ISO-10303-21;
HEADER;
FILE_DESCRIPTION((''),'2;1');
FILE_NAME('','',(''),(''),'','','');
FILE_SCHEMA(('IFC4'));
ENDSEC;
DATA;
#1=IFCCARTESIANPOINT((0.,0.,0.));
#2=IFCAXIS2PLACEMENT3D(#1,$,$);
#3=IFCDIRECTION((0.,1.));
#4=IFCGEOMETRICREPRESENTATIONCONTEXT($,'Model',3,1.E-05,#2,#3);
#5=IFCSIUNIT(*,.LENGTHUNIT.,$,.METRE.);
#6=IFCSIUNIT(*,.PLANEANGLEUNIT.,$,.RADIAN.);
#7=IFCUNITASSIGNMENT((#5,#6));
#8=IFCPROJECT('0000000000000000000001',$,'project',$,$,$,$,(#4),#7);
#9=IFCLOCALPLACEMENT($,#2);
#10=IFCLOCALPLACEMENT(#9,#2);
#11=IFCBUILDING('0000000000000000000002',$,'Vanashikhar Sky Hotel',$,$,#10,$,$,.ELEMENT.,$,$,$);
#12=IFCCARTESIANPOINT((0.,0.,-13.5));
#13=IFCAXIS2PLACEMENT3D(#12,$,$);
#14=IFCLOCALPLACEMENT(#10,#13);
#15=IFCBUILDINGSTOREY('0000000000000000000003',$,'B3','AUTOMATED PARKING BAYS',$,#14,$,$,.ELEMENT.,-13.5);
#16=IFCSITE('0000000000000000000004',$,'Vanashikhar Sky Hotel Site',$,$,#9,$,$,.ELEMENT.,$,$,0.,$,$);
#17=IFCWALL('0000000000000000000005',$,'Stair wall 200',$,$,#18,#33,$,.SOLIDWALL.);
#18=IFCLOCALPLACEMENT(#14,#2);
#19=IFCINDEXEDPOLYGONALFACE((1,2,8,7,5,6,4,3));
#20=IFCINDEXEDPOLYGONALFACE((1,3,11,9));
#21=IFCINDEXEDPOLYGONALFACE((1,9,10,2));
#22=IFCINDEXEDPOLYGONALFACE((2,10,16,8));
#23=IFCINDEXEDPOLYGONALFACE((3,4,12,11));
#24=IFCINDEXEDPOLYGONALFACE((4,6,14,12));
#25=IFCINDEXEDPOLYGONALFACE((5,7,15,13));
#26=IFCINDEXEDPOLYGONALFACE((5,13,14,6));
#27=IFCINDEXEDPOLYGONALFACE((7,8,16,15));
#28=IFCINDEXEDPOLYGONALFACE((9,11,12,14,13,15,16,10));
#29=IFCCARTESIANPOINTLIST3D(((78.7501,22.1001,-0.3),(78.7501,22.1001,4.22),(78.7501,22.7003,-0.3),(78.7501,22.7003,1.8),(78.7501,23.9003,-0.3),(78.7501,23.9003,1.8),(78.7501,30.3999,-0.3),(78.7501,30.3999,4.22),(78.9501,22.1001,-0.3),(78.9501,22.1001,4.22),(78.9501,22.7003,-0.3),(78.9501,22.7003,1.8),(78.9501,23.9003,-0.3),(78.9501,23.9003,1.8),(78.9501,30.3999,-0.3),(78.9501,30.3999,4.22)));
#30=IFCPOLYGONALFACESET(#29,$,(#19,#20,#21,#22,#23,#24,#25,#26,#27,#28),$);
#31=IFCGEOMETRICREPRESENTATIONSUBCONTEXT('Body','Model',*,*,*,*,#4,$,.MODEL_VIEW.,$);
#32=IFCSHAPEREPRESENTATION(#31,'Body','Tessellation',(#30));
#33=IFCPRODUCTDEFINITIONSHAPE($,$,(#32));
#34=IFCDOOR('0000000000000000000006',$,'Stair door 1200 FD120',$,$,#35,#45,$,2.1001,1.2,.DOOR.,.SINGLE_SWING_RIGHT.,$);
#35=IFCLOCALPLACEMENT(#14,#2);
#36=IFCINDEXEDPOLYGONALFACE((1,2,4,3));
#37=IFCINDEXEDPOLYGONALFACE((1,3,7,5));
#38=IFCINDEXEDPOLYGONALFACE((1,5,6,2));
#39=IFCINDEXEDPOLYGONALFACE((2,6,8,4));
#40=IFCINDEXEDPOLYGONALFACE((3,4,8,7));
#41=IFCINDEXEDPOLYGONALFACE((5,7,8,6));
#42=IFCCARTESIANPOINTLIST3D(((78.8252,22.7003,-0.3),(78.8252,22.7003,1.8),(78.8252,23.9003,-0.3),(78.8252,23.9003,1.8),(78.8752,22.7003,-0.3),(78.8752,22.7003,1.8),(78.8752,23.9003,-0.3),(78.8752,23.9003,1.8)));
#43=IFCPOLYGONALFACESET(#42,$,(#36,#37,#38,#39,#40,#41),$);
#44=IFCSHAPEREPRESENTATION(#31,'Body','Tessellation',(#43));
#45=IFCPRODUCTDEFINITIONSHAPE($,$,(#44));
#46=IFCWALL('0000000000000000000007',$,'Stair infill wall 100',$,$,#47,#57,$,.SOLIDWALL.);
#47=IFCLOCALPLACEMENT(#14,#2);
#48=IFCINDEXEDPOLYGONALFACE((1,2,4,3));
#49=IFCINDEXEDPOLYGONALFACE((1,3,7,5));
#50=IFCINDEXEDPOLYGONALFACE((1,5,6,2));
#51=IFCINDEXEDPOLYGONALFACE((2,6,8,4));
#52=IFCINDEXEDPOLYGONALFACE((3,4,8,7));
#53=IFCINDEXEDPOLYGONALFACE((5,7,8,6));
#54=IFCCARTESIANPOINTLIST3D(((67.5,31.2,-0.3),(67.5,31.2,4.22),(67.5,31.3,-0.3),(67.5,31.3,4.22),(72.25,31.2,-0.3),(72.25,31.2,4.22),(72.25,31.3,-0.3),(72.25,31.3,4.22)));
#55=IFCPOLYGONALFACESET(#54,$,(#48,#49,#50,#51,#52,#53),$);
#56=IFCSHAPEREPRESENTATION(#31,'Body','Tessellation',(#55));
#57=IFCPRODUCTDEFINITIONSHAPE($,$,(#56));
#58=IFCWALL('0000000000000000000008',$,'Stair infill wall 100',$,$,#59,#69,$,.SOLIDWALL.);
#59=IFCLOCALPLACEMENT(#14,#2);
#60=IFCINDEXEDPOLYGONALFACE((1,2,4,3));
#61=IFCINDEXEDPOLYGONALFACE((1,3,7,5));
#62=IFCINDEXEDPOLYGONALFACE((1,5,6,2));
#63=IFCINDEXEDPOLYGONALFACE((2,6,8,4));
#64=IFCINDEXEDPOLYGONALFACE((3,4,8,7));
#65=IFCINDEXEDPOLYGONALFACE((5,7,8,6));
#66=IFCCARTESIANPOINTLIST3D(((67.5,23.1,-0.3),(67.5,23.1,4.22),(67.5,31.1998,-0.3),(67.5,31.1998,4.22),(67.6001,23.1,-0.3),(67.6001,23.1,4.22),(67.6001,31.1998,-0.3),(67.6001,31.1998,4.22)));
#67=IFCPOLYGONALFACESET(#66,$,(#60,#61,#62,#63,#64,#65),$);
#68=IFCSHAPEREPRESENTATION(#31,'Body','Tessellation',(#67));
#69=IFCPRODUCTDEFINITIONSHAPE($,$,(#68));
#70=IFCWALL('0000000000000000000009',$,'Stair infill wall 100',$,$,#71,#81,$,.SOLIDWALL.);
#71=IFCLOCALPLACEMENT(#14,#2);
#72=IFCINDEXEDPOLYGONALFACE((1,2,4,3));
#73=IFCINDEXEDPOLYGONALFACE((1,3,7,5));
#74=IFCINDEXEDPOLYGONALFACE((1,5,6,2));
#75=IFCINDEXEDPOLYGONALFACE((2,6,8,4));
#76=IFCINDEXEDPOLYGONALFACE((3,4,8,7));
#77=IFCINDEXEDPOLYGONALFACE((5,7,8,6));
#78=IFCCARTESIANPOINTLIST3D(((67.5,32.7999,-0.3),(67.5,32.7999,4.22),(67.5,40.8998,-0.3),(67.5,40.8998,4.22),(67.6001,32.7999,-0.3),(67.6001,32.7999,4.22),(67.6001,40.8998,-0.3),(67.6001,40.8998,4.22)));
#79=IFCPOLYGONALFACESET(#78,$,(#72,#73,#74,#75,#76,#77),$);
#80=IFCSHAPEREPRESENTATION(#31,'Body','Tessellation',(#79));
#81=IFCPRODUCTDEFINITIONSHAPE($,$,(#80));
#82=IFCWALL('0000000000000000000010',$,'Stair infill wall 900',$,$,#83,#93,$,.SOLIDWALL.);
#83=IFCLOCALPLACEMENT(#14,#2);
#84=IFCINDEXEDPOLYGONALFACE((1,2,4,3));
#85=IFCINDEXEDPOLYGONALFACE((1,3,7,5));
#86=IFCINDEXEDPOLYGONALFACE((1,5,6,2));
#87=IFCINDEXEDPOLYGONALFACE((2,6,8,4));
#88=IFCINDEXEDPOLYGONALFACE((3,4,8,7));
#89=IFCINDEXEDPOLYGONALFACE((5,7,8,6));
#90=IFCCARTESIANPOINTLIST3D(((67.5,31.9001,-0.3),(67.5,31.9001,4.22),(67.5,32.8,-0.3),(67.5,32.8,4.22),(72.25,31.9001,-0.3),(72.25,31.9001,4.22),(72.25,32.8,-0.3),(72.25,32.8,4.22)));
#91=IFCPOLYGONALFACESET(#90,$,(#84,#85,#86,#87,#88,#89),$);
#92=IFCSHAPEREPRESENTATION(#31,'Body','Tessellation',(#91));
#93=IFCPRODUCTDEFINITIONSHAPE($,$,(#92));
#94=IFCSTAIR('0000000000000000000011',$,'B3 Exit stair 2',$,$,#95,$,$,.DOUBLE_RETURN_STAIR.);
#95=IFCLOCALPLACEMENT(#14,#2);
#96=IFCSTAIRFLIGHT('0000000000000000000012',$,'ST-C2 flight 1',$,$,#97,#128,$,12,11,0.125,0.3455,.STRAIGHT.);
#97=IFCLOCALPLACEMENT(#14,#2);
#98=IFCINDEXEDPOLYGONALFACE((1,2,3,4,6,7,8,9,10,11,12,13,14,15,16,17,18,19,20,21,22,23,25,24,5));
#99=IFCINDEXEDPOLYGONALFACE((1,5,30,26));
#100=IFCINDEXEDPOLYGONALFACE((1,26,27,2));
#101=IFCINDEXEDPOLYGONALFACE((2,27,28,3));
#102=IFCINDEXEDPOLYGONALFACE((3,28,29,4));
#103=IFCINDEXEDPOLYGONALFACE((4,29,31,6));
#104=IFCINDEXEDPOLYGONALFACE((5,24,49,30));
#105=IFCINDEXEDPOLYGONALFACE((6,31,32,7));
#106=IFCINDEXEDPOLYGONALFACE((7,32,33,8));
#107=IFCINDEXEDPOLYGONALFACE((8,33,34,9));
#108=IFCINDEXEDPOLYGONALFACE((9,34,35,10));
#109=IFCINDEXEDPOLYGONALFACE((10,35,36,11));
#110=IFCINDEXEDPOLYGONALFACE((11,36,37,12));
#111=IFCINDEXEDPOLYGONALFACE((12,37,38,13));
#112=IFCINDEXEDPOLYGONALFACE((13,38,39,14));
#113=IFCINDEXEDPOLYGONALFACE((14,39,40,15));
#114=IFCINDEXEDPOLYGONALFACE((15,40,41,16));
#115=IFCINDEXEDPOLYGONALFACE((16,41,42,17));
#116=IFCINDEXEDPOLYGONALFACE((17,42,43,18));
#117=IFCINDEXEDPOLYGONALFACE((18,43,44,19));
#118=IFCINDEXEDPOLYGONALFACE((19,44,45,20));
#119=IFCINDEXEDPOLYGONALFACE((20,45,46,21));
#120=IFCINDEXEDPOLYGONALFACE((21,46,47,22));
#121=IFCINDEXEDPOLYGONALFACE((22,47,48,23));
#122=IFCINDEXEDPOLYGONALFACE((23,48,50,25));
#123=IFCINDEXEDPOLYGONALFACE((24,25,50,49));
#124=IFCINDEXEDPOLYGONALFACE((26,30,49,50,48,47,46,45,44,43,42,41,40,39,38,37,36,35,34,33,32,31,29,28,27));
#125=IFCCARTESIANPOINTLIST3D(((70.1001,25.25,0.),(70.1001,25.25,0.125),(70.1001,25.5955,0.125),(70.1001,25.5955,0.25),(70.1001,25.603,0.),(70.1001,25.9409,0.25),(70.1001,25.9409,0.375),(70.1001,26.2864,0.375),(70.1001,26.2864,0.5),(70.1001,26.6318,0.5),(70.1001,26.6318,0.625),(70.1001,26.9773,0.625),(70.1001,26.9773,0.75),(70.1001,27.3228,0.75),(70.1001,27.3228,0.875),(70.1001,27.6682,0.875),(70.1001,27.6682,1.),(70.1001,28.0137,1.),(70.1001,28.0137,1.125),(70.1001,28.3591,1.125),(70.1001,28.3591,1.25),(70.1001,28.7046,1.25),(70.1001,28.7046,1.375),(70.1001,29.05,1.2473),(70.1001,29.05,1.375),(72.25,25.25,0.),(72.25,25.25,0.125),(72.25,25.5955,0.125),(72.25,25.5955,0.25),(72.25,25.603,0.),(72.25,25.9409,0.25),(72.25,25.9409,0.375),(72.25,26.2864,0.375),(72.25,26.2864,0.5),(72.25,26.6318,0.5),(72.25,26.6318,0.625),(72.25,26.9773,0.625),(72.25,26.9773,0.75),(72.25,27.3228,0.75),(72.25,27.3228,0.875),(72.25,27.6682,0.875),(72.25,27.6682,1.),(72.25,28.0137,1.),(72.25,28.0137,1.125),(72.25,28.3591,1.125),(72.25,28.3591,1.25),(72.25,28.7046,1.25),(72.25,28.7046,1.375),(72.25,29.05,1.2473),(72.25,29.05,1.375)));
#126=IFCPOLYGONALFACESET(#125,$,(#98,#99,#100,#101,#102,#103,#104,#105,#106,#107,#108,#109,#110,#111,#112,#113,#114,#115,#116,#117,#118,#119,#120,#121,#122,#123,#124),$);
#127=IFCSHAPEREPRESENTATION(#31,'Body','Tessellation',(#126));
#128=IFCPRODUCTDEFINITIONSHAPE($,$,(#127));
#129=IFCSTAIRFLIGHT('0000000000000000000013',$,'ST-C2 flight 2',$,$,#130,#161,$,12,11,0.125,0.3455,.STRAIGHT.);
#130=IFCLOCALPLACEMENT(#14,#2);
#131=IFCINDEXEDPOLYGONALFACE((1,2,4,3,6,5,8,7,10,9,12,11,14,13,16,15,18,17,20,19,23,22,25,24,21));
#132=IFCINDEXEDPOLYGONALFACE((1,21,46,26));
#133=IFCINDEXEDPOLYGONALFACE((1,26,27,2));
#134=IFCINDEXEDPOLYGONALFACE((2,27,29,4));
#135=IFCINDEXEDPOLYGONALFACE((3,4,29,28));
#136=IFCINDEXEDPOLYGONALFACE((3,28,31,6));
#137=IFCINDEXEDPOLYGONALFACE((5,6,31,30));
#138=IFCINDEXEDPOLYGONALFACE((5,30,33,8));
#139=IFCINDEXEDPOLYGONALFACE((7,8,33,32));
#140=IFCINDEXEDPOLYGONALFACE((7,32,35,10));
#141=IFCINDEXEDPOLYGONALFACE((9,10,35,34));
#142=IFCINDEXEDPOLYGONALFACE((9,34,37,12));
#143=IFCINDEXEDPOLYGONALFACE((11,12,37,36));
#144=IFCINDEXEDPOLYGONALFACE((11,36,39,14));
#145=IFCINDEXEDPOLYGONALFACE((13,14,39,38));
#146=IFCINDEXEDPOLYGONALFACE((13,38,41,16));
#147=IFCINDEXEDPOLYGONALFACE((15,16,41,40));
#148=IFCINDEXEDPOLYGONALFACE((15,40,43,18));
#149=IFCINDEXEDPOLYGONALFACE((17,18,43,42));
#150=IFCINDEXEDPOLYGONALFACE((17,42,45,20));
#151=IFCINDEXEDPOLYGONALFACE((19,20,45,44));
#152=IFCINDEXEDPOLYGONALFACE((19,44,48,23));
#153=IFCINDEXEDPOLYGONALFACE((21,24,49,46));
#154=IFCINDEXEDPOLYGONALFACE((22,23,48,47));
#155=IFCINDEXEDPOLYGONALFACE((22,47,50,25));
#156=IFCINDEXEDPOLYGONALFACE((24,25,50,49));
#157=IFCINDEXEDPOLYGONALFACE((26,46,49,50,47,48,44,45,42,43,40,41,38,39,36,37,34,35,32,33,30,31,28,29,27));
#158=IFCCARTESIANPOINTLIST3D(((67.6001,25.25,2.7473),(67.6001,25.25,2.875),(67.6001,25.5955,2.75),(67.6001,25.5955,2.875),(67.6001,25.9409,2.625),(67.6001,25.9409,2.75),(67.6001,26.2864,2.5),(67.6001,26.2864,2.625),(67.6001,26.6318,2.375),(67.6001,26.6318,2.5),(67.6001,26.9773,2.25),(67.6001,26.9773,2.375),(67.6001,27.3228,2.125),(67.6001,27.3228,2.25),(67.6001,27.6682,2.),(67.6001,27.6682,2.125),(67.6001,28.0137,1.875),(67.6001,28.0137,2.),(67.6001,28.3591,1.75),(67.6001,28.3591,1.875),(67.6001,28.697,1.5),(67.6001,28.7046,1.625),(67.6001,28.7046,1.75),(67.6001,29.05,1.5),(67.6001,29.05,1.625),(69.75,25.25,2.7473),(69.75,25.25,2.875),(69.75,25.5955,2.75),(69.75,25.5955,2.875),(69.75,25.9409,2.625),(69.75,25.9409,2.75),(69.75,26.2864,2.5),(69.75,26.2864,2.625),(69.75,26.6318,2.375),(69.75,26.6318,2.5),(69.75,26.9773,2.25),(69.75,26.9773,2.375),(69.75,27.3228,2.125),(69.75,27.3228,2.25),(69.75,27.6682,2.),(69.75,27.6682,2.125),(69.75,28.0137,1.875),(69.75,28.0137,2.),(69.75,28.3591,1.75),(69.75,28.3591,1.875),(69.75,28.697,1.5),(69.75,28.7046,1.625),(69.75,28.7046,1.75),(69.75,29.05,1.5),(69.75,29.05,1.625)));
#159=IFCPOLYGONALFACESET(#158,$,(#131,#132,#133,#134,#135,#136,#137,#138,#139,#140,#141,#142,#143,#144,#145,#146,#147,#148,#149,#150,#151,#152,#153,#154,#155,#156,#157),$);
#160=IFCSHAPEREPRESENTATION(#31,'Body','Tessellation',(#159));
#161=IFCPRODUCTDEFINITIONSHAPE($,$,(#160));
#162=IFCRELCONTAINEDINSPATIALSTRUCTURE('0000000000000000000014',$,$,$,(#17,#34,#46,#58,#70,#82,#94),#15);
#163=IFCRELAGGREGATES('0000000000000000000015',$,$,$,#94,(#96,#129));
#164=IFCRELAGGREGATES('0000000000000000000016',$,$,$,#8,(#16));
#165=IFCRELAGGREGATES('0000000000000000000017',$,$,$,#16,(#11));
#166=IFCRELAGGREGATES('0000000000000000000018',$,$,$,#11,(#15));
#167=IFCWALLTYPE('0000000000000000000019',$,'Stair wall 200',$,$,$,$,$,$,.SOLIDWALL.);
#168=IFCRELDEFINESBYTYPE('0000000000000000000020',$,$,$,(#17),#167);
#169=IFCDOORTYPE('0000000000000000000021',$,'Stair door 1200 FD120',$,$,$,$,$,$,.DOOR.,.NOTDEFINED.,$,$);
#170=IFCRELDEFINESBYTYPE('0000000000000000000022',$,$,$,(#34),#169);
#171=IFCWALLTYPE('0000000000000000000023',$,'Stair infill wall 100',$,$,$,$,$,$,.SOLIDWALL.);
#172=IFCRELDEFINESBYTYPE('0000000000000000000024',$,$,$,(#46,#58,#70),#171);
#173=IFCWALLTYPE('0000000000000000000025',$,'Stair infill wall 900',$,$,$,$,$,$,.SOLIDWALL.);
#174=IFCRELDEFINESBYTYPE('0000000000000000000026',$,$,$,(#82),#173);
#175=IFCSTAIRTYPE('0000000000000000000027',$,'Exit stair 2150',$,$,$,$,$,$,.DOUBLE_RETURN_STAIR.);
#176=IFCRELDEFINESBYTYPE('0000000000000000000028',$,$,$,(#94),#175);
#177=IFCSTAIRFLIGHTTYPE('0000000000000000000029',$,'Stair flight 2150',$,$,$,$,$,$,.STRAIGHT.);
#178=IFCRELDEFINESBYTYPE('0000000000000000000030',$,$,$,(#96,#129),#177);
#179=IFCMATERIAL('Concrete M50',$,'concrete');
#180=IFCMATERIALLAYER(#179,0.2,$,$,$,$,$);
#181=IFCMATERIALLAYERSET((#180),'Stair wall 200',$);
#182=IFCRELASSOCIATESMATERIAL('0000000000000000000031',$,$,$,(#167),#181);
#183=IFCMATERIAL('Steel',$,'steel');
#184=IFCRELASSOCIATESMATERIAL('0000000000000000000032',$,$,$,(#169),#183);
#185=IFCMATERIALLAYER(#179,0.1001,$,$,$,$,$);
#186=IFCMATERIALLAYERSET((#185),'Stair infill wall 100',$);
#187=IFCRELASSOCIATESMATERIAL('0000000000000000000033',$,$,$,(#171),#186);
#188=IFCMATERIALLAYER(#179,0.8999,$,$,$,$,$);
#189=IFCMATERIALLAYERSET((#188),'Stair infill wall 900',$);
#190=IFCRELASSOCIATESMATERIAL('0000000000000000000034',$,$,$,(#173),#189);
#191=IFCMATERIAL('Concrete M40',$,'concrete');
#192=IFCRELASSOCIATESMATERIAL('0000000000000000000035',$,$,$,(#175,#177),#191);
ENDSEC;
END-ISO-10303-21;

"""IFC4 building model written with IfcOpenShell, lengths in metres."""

from ifc_helpers import new_model, si_unit, direction, frame, frame_2d, origin, place, context, subcontext, project, spatial, polyline, rectangle, outline, extrude, source, transform, mapped, material, layer, layer_set, type_object, element, fill, aggregate, save


model = new_model("IFC4")

# Units and contexts
model_context = context("Model", 3, precision=1e-05, world=origin(), true_north=direction((0.0, 1.0)))
body_context = subcontext(model_context, "Body", "Model", "MODEL_VIEW")
ifc_project = project(units=[si_unit("LENGTHUNIT", "METRE"), si_unit("PLANEANGLEUNIT", "RADIAN")], contexts=[model_context])

# Site, building, storey
site_placement = place(None, origin())
site = spatial("IfcSite", under=ifc_project, at=site_placement, Name="Vanashikhar Sky Hotel Site", CompositionType="ELEMENT", RefElevation=0.0)
building_placement = place(site_placement, origin())
building = spatial("IfcBuilding", under=site, at=building_placement, Name="Vanashikhar Sky Hotel", CompositionType="ELEMENT")
storey_placement = place(building_placement, frame((0.0, 0.0, -13.5)))
storey = spatial("IfcBuildingStorey", under=building, at=storey_placement, Name="B3", Description="AUTOMATED PARKING BAYS", CompositionType="ELEMENT", Elevation=-13.5)

# Shared definitions
ifc_material_1 = material(Name="Concrete M40", Category="concrete")

# Shared definitions
ifc_material_2 = material(Name="Concrete M50", Category="concrete")
ifc_layer_1 = layer(ifc_material_2, 0.2)
ifc_layer_set_1 = layer_set([ifc_layer_1], Name="Stair wall 200")
wall_type_1 = type_object("IfcWallType", Name="Stair wall 200", PredefinedType="SOLIDWALL", material=ifc_layer_set_1)
shared_shape_1 = source(origin(), body_context, "Body", "SweptSolid", [
    extrude(rectangle(XDim=1.2, YDim=2.1001, at=frame_2d((0.6001, 1.05))), frame((0.0, 0.1099, 0.0), z_axis=(0.0, -1.0, 0.0), x_axis=(1.0, 0.0, 0.0)), (0.0, 0.0, 1.0), 0.22),
])
ifc_material_3 = material(Name="Steel", Category="steel")
door_type_1 = type_object("IfcDoorType", Name="Stair door 1200 FD120", OperationType="NOTDEFINED", PredefinedType="DOOR", material=ifc_material_3)
shared_shape_2 = source(origin(), body_context, "Body", "SweptSolid", [
    extrude(rectangle(XDim=1.2, YDim=2.1001, at=frame_2d((0.6001, 1.05))), frame((0.0, 0.0249, 0.0), z_axis=(0.0, -1.0, 0.0), x_axis=(1.0, 0.0, 0.0)), (0.0, 0.0, 1.0), 0.05),
])

# Wall, opening, door
shared_shape_3 = source(origin(), body_context, "Body", "SweptSolid", [
    extrude(rectangle(XDim=8.2998, YDim=0.2, at=frame_2d((4.1499, 0.0))), origin(), (0.0, 0.0, 1.0), 4.52),
])
wall_1_placement = place(storey_placement, frame((78.8501, 22.1001, -0.3), z_axis=(0.0, 0.0, 1.0), x_axis=(0.0, 1.0, 0.0)))
wall_1 = element("IfcWall", 1, at=wall_1_placement, inside=storey, type_object=wall_type_1, Name="Stair wall 200", PredefinedType="SOLIDWALL", context=body_context, shape_type="MappedRepresentation", body=[
    mapped(shared_shape_3, transform((0.0, 0.0, 0.0), scale=1.0)),
])
opening_1_placement = place(wall_1_placement, frame((0.6001, 0.0, 0.0)))
opening_1 = element("IfcOpeningElement", 2, at=opening_1_placement, cuts=wall_1, PredefinedType="OPENING", context=body_context, shape_type="MappedRepresentation", body=[
    mapped(shared_shape_1, transform((0.0, 0.0, 0.0), scale=1.0)),
])
door_1_placement = place(opening_1_placement, origin())
door_1 = element("IfcDoor", 3, at=door_1_placement, inside=storey, type_object=door_type_1, Name="Stair door 1200 FD120", OperationType="SINGLE_SWING_RIGHT", OverallHeight=2.1001, OverallWidth=1.2, PredefinedType="DOOR", context=body_context, shape_type="MappedRepresentation", body=[
    mapped(shared_shape_2, transform((0.0, 0.0, 0.0), scale=1.0)),
])
fill(opening_1, door_1)

# Walls
ifc_layer_2 = layer(ifc_material_2, 0.1001)
ifc_layer_set_2 = layer_set([ifc_layer_2], Name="Stair infill wall 100")
wall_type_2 = type_object("IfcWallType", Name="Stair infill wall 100", PredefinedType="SOLIDWALL", material=ifc_layer_set_2)
shared_shape_4 = source(origin(), body_context, "Body", "SweptSolid", [
    extrude(rectangle(XDim=4.75, YDim=0.1001, at=frame_2d((2.375, 0.0))), origin(), (0.0, 0.0, 1.0), 4.52),
])
wall_2_placement = place(storey_placement, frame((67.5, 31.25, -0.3), z_axis=(0.0, 0.0, 1.0), x_axis=(1.0, 0.0, 0.0)))
element("IfcWall", 4, at=wall_2_placement, inside=storey, type_object=wall_type_2, Name="Stair infill wall 100", PredefinedType="SOLIDWALL", context=body_context, shape_type="MappedRepresentation", body=[
    mapped(shared_shape_4, transform((0.0, 0.0, 0.0), scale=1.0)),
])
shared_shape_5 = source(origin(), body_context, "Body", "SweptSolid", [
    extrude(rectangle(XDim=8.0999, YDim=0.1001, at=frame_2d((4.0498, 0.0))), origin(), (0.0, 0.0, 1.0), 4.52),
])
for number, where, z_axis, x_axis, name in (
    (5, (67.55, 23.1001, -0.3), (0.0, 0.0, 1.0), (0.0, 1.0, 0.0), "Stair infill wall 100"),
    (6, (67.55, 32.8, -0.3), (0.0, 0.0, 1.0), (0.0, 1.0, 0.0), "Stair infill wall 100"),
):
    element("IfcWall", number, at=place(storey_placement, frame(where, z_axis=z_axis, x_axis=x_axis)), inside=storey, type_object=wall_type_2, Name=name, PredefinedType="SOLIDWALL", context=body_context, shape_type="MappedRepresentation", body=[
        mapped(shared_shape_5, transform((0.0, 0.0, 0.0), scale=1.0)),
    ])
ifc_layer_3 = layer(ifc_material_2, 0.8999)
ifc_layer_set_3 = layer_set([ifc_layer_3], Name="Stair infill wall 900")
wall_type_3 = type_object("IfcWallType", Name="Stair infill wall 900", PredefinedType="SOLIDWALL", material=ifc_layer_set_3)
shared_shape_6 = source(origin(), body_context, "Body", "SweptSolid", [
    extrude(rectangle(XDim=4.75, YDim=0.8999, at=frame_2d((2.375, 0.0))), origin(), (0.0, 0.0, 1.0), 4.52),
])
wall_3_placement = place(storey_placement, frame((67.5, 32.3501, -0.3), z_axis=(0.0, 0.0, 1.0), x_axis=(1.0, 0.0, 0.0)))
element("IfcWall", 7, at=wall_3_placement, inside=storey, type_object=wall_type_3, Name="Stair infill wall 900", PredefinedType="SOLIDWALL", context=body_context, shape_type="MappedRepresentation", body=[
    mapped(shared_shape_6, transform((0.0, 0.0, 0.0), scale=1.0)),
])

# Stair, stair flights
stair_type = type_object("IfcStairType", Name="Exit stair 2150", PredefinedType="DOUBLE_RETURN_STAIR", material=ifc_material_1)
stair_placement = place(storey_placement, origin())
stair = element("IfcStair", 8, at=stair_placement, inside=storey, type_object=stair_type, Name="B3 Exit stair 2", PredefinedType="DOUBLE_RETURN_STAIR")
stair_flight_type = type_object("IfcStairFlightType", Name="Stair flight 2150", PredefinedType="STRAIGHT", material=ifc_material_1)
shared_shape_7 = source(origin(), body_context, "Body", "SweptSolid", [
    extrude(outline(polyline([(0.0, 0.0), (0.0, 0.125), (0.3455, 0.125), (0.3455, 0.25), (0.6909, 0.25), (0.6909, 0.375), (1.0364, 0.375), (1.0364, 0.5), (1.3818, 0.5), (1.3818, 0.625), (1.7273, 0.625), (1.7273, 0.75), (2.0728, 0.75), (2.0728, 0.875), (2.4182, 0.875), (2.4182, 1.0), (2.7637, 1.0), (2.7637, 1.125), (3.1091, 1.125), (3.1091, 1.25), (3.4546, 1.25), (3.4546, 1.375), (3.8, 1.375), (3.8, 1.5), (3.8, 1.2473), (0.353, 0.0), (0.0, 0.0)])), frame((0.0, 1.075, 0.0), z_axis=(0.0, -1.0, 0.0), x_axis=(1.0, 0.0, 0.0)), (0.0, 0.0, 1.0), 2.1499),
])
stair_flight_1_placement = place(storey_placement, frame((71.175, 25.25, 0.0), z_axis=(0.0, 0.0, 1.0), x_axis=(0.0, 1.0, 0.0)))
stair_flight_1 = element("IfcStairFlight", 9, at=stair_flight_1_placement, type_object=stair_flight_type, Name="ST-C2 flight 1", NumberOfRisers=12, NumberOfTreads=11, PredefinedType="STRAIGHT", RiserHeight=0.125, TreadLength=0.3455, context=body_context, shape_type="MappedRepresentation", body=[
    mapped(shared_shape_7, transform((0.0, 0.0, 0.0), scale=1.0)),
])
stair_flight_2_placement = place(storey_placement, frame((68.675, 29.05, 1.5), z_axis=(0.0, 0.0, 1.0), x_axis=(0.0, -1.0, 0.0)))
stair_flight_2 = element("IfcStairFlight", 10, at=stair_flight_2_placement, type_object=stair_flight_type, Name="ST-C2 flight 2", NumberOfRisers=12, NumberOfTreads=11, PredefinedType="STRAIGHT", RiserHeight=0.125, TreadLength=0.3455, context=body_context, shape_type="MappedRepresentation", body=[
    mapped(shared_shape_7, transform((0.0, 0.0, 0.0), scale=1.0)),
])
aggregate(stair, [stair_flight_1, stair_flight_2])

save(model, "model.ifc")
